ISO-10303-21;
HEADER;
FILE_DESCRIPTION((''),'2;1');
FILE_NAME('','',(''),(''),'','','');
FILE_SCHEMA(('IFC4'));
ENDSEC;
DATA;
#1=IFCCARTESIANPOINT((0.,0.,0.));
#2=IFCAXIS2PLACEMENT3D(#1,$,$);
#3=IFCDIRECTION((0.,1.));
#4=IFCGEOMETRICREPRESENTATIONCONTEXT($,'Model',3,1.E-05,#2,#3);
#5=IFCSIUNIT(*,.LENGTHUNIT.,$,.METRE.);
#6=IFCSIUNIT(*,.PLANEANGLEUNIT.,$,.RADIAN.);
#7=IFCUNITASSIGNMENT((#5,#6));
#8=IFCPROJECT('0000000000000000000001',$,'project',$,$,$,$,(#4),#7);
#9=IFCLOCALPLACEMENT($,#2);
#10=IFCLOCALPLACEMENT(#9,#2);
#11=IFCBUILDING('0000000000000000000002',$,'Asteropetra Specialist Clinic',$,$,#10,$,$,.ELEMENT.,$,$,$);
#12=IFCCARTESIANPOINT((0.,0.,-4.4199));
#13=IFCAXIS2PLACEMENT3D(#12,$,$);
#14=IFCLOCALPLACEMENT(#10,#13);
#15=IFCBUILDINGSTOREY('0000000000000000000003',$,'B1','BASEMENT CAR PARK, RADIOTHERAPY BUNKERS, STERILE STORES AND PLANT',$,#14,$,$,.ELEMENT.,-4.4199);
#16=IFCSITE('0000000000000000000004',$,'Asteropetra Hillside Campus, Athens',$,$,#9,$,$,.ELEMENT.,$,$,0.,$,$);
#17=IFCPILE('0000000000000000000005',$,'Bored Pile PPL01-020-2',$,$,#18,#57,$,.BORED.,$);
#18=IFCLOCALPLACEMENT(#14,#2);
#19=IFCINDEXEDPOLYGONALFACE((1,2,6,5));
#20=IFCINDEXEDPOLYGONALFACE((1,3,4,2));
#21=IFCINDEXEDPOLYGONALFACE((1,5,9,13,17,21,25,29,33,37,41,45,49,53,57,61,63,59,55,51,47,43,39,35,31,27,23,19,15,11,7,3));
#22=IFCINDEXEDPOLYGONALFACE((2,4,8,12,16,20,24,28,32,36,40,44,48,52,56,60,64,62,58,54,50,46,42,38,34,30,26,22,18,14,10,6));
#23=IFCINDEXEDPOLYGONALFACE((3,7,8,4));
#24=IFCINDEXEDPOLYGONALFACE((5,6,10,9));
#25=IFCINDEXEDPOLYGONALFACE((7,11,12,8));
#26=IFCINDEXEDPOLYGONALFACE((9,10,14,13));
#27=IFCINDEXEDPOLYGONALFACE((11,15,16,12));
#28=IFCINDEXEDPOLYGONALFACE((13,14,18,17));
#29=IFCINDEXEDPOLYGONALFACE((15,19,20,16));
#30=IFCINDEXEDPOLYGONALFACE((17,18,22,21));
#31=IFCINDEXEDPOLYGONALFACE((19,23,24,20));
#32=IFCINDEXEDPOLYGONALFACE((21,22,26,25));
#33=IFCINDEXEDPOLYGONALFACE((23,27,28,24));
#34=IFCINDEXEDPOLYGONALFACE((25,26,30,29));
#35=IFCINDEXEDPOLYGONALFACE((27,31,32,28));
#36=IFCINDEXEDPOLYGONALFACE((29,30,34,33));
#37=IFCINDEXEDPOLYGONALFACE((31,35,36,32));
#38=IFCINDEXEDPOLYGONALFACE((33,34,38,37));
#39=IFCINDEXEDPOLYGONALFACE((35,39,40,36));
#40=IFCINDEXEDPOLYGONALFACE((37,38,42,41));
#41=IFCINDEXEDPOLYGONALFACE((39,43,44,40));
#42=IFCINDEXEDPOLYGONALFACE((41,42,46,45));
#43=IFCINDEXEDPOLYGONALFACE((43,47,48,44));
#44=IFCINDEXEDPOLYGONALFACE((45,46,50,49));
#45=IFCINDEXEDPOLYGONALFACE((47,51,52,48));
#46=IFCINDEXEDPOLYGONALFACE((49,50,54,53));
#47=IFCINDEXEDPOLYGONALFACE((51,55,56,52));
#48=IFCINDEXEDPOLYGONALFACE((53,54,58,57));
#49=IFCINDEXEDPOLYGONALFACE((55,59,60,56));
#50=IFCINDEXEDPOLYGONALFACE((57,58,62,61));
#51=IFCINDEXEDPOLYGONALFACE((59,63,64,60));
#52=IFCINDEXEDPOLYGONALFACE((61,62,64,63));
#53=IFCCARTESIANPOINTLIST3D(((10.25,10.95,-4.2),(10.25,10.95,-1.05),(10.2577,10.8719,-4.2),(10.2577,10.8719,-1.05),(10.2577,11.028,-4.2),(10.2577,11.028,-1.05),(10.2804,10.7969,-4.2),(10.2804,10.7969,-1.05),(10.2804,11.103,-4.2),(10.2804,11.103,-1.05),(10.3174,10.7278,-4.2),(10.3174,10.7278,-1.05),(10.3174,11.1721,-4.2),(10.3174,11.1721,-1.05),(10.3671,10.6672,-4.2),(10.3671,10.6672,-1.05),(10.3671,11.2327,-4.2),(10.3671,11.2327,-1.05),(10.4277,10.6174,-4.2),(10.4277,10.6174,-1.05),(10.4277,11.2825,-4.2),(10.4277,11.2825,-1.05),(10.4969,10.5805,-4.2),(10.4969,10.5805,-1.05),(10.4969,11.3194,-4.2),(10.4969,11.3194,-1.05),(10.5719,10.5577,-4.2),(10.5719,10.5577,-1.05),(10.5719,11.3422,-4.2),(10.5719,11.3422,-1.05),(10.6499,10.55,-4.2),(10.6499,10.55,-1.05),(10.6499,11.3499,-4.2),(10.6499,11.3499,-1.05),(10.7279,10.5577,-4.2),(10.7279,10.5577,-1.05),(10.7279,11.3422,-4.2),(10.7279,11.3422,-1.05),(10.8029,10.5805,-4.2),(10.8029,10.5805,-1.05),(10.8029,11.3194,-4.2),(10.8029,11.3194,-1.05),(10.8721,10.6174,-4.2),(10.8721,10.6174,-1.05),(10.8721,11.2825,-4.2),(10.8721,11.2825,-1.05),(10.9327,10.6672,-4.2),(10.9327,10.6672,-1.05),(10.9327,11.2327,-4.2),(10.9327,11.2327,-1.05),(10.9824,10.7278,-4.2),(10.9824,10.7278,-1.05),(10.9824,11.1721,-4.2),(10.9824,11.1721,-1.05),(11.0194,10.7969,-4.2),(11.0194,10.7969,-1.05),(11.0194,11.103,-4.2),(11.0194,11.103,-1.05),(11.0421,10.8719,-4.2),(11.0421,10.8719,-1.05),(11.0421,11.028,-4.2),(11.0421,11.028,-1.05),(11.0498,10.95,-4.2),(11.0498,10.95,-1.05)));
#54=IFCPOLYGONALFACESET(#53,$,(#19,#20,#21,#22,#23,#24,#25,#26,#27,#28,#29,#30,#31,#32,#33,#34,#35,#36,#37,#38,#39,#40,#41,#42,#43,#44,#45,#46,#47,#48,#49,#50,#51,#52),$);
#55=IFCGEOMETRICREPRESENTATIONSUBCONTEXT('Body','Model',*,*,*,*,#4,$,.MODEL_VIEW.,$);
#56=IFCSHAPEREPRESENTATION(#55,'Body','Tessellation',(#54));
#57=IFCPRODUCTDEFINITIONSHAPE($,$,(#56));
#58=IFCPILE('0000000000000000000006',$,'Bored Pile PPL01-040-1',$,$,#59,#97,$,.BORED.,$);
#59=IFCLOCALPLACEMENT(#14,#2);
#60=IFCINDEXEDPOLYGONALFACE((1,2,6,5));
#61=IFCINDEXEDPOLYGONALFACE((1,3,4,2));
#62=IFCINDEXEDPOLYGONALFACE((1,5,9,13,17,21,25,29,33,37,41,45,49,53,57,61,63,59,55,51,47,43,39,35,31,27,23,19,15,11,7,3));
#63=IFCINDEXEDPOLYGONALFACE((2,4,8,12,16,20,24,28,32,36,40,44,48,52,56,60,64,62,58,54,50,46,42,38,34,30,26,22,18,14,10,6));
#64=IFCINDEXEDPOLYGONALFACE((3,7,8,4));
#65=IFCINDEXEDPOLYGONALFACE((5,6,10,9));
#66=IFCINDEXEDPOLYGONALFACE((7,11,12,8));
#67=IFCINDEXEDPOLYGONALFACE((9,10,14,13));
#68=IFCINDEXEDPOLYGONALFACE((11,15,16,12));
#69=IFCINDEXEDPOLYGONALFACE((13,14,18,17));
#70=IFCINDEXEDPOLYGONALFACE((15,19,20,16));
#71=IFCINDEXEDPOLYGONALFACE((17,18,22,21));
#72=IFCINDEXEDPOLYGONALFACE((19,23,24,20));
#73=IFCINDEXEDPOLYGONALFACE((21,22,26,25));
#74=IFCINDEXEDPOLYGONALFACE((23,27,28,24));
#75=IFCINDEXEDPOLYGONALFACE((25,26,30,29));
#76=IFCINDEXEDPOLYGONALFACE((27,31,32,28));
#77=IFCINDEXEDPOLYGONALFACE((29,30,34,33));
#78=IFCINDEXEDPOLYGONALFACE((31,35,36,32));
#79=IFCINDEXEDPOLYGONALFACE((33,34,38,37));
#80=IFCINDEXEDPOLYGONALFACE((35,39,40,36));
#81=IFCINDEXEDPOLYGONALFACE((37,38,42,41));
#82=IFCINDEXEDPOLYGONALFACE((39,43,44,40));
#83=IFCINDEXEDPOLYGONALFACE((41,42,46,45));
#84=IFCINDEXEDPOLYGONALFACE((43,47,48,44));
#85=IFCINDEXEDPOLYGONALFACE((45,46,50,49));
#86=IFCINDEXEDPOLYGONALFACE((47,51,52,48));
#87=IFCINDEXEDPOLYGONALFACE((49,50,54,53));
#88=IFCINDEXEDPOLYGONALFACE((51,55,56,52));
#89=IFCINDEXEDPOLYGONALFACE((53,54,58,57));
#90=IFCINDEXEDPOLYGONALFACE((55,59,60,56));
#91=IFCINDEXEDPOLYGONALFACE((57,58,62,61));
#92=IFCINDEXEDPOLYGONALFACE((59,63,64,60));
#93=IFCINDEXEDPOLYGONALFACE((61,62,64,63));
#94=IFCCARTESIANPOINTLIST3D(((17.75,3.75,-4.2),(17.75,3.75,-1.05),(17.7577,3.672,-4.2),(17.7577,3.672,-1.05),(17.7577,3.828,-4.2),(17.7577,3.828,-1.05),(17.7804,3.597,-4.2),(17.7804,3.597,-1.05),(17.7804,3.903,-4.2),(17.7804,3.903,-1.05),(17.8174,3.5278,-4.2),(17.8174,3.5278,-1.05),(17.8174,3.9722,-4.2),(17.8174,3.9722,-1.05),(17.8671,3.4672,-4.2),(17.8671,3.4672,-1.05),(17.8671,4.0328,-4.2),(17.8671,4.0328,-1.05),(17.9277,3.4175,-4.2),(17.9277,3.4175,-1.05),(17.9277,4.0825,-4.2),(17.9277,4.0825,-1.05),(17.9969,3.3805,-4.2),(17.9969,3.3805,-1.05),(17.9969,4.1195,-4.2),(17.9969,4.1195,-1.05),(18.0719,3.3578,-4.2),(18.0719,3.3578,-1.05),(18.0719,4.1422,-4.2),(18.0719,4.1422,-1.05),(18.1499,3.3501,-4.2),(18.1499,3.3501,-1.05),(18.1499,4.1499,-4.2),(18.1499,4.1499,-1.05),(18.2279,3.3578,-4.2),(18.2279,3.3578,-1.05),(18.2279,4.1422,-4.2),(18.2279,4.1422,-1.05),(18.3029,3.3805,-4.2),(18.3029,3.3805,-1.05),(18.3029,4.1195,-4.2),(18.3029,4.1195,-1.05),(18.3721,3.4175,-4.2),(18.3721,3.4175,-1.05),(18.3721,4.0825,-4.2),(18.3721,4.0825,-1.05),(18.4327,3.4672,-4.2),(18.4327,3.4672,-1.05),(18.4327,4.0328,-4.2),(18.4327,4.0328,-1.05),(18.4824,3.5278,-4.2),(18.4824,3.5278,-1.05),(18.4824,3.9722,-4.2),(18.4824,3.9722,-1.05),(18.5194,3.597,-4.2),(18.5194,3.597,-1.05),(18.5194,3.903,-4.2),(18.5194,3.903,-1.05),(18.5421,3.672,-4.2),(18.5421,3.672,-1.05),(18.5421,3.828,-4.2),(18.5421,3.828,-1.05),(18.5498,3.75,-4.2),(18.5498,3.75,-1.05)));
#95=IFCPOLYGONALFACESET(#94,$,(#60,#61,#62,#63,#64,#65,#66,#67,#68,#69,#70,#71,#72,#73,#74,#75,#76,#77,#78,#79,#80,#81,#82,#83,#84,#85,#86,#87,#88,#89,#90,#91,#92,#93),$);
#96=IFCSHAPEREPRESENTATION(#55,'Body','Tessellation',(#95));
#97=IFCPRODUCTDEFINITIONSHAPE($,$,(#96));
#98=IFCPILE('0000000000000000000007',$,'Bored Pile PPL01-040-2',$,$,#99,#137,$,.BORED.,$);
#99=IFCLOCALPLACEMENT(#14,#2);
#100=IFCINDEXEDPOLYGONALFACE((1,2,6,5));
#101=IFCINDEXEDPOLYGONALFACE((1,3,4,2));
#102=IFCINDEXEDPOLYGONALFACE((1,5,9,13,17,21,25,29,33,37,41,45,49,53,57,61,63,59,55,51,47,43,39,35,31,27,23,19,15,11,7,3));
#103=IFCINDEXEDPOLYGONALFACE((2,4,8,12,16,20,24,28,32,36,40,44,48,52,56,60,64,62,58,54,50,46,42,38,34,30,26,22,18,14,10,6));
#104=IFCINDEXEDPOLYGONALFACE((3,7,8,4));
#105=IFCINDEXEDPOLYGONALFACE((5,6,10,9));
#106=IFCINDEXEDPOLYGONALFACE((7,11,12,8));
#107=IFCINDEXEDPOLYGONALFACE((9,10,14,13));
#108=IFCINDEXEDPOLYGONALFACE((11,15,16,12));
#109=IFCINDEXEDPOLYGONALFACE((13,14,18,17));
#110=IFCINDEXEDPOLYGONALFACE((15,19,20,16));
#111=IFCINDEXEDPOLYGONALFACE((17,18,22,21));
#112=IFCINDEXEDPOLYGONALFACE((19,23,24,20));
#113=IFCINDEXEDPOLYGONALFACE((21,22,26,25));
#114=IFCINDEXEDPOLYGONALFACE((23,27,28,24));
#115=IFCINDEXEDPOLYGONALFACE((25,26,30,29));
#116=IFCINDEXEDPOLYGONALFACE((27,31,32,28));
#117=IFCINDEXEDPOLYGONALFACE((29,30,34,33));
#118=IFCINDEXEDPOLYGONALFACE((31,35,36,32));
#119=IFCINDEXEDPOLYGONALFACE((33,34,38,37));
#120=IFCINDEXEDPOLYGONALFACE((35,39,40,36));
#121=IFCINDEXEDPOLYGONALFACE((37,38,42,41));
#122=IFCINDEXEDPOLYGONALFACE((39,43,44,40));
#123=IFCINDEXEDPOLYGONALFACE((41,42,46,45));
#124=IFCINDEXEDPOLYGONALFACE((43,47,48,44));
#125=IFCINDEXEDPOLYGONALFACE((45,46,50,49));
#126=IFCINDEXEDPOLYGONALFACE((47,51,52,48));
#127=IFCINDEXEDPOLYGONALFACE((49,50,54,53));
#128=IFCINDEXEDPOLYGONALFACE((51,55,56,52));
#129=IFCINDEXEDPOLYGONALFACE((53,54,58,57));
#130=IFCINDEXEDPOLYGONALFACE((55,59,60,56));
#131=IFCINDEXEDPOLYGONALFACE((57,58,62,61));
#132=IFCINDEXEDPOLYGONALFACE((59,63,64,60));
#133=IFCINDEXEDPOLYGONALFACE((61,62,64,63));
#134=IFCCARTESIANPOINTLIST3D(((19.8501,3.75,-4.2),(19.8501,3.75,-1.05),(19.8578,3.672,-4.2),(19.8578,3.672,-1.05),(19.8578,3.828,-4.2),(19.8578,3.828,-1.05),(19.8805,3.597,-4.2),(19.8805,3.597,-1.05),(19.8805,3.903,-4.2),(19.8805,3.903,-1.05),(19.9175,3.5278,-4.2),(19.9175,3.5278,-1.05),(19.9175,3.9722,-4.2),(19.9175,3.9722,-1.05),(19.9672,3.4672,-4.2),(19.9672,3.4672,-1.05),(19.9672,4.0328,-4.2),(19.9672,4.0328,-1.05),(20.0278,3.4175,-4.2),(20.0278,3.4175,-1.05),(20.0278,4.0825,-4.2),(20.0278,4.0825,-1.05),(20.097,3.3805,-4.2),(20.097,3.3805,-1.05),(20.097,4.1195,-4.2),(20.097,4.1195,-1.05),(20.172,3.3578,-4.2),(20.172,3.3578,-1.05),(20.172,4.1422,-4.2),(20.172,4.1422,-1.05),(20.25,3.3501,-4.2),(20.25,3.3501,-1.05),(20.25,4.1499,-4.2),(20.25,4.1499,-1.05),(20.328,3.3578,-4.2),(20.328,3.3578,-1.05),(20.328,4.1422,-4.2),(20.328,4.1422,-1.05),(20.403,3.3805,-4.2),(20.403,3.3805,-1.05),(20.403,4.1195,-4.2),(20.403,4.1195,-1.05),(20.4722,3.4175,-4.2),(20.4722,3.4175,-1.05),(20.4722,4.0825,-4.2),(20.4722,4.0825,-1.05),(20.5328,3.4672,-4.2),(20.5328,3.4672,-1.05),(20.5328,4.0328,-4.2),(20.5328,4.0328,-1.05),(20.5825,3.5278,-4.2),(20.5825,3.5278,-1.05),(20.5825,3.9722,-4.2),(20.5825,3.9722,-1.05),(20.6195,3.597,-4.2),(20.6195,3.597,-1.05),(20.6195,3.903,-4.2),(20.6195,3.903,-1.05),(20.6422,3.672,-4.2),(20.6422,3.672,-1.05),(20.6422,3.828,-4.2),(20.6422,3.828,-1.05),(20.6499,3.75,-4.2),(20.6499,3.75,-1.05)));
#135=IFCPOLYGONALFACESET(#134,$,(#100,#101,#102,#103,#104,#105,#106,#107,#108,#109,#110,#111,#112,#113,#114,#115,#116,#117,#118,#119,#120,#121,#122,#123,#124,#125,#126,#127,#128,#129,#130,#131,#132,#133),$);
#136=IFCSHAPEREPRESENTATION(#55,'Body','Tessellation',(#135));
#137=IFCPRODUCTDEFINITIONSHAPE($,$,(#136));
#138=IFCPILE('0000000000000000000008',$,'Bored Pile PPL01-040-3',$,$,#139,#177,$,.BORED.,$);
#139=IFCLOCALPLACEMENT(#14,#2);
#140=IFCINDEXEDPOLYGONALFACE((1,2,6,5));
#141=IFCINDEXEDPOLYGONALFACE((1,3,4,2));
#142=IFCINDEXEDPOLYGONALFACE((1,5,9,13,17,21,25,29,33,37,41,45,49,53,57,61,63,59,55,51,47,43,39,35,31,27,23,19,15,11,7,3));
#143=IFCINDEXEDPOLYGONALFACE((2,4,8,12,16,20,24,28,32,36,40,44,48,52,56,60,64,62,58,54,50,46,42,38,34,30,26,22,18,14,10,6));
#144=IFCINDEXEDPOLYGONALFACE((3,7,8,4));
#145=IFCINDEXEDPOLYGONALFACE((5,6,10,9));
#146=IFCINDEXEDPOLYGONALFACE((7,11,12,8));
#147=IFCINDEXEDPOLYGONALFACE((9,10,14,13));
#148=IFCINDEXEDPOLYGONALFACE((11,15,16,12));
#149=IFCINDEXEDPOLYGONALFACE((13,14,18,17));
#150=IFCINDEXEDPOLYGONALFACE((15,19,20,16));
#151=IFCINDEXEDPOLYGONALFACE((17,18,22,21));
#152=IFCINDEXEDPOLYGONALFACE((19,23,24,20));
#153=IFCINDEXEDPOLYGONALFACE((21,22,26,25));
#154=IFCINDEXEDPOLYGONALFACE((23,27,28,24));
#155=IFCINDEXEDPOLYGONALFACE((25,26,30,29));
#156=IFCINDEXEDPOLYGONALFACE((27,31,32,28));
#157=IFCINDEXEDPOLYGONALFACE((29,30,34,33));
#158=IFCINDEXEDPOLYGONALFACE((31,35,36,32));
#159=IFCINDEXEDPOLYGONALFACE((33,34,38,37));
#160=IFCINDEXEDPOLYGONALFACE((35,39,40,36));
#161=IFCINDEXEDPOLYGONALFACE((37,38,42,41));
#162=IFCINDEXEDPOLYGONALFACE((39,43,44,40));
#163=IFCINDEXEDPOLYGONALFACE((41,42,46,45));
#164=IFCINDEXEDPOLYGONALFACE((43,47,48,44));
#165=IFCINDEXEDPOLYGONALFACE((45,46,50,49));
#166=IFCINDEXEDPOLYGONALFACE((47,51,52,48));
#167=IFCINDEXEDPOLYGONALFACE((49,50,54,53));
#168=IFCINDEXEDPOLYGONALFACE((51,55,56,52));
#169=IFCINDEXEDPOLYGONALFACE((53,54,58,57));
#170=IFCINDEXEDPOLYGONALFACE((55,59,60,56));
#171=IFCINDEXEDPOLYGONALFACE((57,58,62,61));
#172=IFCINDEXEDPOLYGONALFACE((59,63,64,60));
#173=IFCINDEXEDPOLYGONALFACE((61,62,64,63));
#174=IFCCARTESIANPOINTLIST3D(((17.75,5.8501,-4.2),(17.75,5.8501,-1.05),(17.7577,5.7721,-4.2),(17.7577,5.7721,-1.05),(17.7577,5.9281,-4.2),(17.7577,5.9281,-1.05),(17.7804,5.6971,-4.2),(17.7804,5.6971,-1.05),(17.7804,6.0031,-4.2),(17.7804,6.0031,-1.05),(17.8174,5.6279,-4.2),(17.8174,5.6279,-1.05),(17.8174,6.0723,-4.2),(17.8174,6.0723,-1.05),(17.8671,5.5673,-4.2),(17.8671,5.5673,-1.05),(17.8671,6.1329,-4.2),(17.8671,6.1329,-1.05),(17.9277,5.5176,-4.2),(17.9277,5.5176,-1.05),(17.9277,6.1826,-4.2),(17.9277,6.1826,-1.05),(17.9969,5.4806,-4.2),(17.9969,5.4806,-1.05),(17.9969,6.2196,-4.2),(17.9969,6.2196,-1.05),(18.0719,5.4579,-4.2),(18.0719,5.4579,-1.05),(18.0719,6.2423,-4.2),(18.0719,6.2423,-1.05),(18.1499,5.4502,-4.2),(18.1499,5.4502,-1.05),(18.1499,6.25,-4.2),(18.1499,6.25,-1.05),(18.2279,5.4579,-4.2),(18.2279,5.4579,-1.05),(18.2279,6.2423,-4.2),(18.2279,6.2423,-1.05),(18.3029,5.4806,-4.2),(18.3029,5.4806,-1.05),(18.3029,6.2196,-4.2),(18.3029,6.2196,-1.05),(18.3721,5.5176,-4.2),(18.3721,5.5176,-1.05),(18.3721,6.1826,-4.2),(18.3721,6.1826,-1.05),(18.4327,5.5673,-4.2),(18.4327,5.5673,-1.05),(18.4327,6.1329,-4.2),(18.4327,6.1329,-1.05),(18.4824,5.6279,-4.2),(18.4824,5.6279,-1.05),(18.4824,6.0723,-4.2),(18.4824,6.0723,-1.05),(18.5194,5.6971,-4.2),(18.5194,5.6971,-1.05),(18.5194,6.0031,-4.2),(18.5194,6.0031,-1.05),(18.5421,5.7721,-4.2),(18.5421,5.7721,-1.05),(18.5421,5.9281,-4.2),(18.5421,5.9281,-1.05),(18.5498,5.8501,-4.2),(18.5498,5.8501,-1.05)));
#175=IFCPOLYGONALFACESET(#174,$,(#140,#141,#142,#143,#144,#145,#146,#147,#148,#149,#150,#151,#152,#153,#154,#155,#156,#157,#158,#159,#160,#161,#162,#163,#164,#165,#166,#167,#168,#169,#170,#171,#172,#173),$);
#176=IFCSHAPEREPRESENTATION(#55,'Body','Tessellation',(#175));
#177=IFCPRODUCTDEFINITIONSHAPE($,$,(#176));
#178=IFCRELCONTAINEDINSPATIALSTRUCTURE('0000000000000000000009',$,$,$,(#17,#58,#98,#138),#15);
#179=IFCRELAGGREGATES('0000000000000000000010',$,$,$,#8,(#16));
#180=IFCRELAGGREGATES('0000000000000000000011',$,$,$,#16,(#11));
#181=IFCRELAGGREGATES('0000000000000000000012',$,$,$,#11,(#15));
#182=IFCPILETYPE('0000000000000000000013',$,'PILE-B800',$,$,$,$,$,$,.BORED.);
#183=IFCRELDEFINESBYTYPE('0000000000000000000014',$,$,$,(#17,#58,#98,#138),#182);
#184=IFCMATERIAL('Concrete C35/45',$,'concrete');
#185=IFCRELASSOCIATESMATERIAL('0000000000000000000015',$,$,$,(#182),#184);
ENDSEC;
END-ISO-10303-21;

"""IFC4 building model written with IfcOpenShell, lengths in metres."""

from ifc_helpers import new_model, si_unit, direction, frame, origin, origin_2d, place, context, subcontext, project, spatial, circle, extrude, material, material_profile, profile_set, type_object, element, save


model = new_model("IFC4")

# Units and contexts
model_context = context("Model", 3, precision=1e-05, world=origin(), true_north=direction((0.0, 1.0)))
body_context = subcontext(model_context, "Body", "Model", "MODEL_VIEW")
ifc_project = project(units=[si_unit("LENGTHUNIT", "METRE"), si_unit("PLANEANGLEUNIT", "RADIAN")], contexts=[model_context])

# Site, building, storey
site_placement = place(None, origin())
site = spatial("IfcSite", under=ifc_project, at=site_placement, Name="Asteropetra Hillside Campus, Athens", CompositionType="ELEMENT", RefElevation=0.0)
building_placement = place(site_placement, origin())
building = spatial("IfcBuilding", under=site, at=building_placement, Name="Asteropetra Specialist Clinic", CompositionType="ELEMENT")
storey_placement = place(building_placement, frame((0.0, 0.0, -4.4199)))
storey = spatial("IfcBuildingStorey", under=building, at=storey_placement, Name="B1", Description="BASEMENT CAR PARK, RADIOTHERAPY BUNKERS, STERILE STORES AND PLANT", CompositionType="ELEMENT", Elevation=-4.4199)

# Piles
ifc_material_1 = material(Name="Concrete C35/45", Category="concrete")
ifc_material_profile_1 = material_profile(ifc_material_1, circle(Radius=0.3999, at=origin_2d()), Name="PILE D800")
ifc_profile_set_1 = profile_set([ifc_material_profile_1], Name="Concrete C35/45")
pile_type_1 = type_object("IfcPileType", Name="PILE-B800", PredefinedType="BORED", material=ifc_profile_set_1)
for number, where, z_axis, x_axis, name in (
    (1, (10.6499, 10.95, -1.05), (0.0, 0.0, -1.0), (1.0, 0.0, 0.0), "Bored Pile PPL01-020-2"),
    (2, (18.1499, 3.75, -1.05), (0.0, 0.0, -1.0), (1.0, 0.0, 0.0), "Bored Pile PPL01-040-1"),
    (3, (20.25, 3.75, -1.05), (0.0, 0.0, -1.0), (1.0, 0.0, 0.0), "Bored Pile PPL01-040-2"),
    (4, (18.1499, 5.8501, -1.05), (0.0, 0.0, -1.0), (1.0, 0.0, 0.0), "Bored Pile PPL01-040-3"),
):
    element("IfcPile", number, at=place(storey_placement, frame(where, z_axis=z_axis, x_axis=x_axis)), inside=storey, type_object=pile_type_1, Name=name, PredefinedType="BORED", context=body_context, shape_type="SweptSolid", body=[
        extrude(circle(Radius=0.3999, at=origin_2d()), origin(), (0.0, 0.0, 1.0), 3.1499),
    ])

save(model, "model.ifc")
